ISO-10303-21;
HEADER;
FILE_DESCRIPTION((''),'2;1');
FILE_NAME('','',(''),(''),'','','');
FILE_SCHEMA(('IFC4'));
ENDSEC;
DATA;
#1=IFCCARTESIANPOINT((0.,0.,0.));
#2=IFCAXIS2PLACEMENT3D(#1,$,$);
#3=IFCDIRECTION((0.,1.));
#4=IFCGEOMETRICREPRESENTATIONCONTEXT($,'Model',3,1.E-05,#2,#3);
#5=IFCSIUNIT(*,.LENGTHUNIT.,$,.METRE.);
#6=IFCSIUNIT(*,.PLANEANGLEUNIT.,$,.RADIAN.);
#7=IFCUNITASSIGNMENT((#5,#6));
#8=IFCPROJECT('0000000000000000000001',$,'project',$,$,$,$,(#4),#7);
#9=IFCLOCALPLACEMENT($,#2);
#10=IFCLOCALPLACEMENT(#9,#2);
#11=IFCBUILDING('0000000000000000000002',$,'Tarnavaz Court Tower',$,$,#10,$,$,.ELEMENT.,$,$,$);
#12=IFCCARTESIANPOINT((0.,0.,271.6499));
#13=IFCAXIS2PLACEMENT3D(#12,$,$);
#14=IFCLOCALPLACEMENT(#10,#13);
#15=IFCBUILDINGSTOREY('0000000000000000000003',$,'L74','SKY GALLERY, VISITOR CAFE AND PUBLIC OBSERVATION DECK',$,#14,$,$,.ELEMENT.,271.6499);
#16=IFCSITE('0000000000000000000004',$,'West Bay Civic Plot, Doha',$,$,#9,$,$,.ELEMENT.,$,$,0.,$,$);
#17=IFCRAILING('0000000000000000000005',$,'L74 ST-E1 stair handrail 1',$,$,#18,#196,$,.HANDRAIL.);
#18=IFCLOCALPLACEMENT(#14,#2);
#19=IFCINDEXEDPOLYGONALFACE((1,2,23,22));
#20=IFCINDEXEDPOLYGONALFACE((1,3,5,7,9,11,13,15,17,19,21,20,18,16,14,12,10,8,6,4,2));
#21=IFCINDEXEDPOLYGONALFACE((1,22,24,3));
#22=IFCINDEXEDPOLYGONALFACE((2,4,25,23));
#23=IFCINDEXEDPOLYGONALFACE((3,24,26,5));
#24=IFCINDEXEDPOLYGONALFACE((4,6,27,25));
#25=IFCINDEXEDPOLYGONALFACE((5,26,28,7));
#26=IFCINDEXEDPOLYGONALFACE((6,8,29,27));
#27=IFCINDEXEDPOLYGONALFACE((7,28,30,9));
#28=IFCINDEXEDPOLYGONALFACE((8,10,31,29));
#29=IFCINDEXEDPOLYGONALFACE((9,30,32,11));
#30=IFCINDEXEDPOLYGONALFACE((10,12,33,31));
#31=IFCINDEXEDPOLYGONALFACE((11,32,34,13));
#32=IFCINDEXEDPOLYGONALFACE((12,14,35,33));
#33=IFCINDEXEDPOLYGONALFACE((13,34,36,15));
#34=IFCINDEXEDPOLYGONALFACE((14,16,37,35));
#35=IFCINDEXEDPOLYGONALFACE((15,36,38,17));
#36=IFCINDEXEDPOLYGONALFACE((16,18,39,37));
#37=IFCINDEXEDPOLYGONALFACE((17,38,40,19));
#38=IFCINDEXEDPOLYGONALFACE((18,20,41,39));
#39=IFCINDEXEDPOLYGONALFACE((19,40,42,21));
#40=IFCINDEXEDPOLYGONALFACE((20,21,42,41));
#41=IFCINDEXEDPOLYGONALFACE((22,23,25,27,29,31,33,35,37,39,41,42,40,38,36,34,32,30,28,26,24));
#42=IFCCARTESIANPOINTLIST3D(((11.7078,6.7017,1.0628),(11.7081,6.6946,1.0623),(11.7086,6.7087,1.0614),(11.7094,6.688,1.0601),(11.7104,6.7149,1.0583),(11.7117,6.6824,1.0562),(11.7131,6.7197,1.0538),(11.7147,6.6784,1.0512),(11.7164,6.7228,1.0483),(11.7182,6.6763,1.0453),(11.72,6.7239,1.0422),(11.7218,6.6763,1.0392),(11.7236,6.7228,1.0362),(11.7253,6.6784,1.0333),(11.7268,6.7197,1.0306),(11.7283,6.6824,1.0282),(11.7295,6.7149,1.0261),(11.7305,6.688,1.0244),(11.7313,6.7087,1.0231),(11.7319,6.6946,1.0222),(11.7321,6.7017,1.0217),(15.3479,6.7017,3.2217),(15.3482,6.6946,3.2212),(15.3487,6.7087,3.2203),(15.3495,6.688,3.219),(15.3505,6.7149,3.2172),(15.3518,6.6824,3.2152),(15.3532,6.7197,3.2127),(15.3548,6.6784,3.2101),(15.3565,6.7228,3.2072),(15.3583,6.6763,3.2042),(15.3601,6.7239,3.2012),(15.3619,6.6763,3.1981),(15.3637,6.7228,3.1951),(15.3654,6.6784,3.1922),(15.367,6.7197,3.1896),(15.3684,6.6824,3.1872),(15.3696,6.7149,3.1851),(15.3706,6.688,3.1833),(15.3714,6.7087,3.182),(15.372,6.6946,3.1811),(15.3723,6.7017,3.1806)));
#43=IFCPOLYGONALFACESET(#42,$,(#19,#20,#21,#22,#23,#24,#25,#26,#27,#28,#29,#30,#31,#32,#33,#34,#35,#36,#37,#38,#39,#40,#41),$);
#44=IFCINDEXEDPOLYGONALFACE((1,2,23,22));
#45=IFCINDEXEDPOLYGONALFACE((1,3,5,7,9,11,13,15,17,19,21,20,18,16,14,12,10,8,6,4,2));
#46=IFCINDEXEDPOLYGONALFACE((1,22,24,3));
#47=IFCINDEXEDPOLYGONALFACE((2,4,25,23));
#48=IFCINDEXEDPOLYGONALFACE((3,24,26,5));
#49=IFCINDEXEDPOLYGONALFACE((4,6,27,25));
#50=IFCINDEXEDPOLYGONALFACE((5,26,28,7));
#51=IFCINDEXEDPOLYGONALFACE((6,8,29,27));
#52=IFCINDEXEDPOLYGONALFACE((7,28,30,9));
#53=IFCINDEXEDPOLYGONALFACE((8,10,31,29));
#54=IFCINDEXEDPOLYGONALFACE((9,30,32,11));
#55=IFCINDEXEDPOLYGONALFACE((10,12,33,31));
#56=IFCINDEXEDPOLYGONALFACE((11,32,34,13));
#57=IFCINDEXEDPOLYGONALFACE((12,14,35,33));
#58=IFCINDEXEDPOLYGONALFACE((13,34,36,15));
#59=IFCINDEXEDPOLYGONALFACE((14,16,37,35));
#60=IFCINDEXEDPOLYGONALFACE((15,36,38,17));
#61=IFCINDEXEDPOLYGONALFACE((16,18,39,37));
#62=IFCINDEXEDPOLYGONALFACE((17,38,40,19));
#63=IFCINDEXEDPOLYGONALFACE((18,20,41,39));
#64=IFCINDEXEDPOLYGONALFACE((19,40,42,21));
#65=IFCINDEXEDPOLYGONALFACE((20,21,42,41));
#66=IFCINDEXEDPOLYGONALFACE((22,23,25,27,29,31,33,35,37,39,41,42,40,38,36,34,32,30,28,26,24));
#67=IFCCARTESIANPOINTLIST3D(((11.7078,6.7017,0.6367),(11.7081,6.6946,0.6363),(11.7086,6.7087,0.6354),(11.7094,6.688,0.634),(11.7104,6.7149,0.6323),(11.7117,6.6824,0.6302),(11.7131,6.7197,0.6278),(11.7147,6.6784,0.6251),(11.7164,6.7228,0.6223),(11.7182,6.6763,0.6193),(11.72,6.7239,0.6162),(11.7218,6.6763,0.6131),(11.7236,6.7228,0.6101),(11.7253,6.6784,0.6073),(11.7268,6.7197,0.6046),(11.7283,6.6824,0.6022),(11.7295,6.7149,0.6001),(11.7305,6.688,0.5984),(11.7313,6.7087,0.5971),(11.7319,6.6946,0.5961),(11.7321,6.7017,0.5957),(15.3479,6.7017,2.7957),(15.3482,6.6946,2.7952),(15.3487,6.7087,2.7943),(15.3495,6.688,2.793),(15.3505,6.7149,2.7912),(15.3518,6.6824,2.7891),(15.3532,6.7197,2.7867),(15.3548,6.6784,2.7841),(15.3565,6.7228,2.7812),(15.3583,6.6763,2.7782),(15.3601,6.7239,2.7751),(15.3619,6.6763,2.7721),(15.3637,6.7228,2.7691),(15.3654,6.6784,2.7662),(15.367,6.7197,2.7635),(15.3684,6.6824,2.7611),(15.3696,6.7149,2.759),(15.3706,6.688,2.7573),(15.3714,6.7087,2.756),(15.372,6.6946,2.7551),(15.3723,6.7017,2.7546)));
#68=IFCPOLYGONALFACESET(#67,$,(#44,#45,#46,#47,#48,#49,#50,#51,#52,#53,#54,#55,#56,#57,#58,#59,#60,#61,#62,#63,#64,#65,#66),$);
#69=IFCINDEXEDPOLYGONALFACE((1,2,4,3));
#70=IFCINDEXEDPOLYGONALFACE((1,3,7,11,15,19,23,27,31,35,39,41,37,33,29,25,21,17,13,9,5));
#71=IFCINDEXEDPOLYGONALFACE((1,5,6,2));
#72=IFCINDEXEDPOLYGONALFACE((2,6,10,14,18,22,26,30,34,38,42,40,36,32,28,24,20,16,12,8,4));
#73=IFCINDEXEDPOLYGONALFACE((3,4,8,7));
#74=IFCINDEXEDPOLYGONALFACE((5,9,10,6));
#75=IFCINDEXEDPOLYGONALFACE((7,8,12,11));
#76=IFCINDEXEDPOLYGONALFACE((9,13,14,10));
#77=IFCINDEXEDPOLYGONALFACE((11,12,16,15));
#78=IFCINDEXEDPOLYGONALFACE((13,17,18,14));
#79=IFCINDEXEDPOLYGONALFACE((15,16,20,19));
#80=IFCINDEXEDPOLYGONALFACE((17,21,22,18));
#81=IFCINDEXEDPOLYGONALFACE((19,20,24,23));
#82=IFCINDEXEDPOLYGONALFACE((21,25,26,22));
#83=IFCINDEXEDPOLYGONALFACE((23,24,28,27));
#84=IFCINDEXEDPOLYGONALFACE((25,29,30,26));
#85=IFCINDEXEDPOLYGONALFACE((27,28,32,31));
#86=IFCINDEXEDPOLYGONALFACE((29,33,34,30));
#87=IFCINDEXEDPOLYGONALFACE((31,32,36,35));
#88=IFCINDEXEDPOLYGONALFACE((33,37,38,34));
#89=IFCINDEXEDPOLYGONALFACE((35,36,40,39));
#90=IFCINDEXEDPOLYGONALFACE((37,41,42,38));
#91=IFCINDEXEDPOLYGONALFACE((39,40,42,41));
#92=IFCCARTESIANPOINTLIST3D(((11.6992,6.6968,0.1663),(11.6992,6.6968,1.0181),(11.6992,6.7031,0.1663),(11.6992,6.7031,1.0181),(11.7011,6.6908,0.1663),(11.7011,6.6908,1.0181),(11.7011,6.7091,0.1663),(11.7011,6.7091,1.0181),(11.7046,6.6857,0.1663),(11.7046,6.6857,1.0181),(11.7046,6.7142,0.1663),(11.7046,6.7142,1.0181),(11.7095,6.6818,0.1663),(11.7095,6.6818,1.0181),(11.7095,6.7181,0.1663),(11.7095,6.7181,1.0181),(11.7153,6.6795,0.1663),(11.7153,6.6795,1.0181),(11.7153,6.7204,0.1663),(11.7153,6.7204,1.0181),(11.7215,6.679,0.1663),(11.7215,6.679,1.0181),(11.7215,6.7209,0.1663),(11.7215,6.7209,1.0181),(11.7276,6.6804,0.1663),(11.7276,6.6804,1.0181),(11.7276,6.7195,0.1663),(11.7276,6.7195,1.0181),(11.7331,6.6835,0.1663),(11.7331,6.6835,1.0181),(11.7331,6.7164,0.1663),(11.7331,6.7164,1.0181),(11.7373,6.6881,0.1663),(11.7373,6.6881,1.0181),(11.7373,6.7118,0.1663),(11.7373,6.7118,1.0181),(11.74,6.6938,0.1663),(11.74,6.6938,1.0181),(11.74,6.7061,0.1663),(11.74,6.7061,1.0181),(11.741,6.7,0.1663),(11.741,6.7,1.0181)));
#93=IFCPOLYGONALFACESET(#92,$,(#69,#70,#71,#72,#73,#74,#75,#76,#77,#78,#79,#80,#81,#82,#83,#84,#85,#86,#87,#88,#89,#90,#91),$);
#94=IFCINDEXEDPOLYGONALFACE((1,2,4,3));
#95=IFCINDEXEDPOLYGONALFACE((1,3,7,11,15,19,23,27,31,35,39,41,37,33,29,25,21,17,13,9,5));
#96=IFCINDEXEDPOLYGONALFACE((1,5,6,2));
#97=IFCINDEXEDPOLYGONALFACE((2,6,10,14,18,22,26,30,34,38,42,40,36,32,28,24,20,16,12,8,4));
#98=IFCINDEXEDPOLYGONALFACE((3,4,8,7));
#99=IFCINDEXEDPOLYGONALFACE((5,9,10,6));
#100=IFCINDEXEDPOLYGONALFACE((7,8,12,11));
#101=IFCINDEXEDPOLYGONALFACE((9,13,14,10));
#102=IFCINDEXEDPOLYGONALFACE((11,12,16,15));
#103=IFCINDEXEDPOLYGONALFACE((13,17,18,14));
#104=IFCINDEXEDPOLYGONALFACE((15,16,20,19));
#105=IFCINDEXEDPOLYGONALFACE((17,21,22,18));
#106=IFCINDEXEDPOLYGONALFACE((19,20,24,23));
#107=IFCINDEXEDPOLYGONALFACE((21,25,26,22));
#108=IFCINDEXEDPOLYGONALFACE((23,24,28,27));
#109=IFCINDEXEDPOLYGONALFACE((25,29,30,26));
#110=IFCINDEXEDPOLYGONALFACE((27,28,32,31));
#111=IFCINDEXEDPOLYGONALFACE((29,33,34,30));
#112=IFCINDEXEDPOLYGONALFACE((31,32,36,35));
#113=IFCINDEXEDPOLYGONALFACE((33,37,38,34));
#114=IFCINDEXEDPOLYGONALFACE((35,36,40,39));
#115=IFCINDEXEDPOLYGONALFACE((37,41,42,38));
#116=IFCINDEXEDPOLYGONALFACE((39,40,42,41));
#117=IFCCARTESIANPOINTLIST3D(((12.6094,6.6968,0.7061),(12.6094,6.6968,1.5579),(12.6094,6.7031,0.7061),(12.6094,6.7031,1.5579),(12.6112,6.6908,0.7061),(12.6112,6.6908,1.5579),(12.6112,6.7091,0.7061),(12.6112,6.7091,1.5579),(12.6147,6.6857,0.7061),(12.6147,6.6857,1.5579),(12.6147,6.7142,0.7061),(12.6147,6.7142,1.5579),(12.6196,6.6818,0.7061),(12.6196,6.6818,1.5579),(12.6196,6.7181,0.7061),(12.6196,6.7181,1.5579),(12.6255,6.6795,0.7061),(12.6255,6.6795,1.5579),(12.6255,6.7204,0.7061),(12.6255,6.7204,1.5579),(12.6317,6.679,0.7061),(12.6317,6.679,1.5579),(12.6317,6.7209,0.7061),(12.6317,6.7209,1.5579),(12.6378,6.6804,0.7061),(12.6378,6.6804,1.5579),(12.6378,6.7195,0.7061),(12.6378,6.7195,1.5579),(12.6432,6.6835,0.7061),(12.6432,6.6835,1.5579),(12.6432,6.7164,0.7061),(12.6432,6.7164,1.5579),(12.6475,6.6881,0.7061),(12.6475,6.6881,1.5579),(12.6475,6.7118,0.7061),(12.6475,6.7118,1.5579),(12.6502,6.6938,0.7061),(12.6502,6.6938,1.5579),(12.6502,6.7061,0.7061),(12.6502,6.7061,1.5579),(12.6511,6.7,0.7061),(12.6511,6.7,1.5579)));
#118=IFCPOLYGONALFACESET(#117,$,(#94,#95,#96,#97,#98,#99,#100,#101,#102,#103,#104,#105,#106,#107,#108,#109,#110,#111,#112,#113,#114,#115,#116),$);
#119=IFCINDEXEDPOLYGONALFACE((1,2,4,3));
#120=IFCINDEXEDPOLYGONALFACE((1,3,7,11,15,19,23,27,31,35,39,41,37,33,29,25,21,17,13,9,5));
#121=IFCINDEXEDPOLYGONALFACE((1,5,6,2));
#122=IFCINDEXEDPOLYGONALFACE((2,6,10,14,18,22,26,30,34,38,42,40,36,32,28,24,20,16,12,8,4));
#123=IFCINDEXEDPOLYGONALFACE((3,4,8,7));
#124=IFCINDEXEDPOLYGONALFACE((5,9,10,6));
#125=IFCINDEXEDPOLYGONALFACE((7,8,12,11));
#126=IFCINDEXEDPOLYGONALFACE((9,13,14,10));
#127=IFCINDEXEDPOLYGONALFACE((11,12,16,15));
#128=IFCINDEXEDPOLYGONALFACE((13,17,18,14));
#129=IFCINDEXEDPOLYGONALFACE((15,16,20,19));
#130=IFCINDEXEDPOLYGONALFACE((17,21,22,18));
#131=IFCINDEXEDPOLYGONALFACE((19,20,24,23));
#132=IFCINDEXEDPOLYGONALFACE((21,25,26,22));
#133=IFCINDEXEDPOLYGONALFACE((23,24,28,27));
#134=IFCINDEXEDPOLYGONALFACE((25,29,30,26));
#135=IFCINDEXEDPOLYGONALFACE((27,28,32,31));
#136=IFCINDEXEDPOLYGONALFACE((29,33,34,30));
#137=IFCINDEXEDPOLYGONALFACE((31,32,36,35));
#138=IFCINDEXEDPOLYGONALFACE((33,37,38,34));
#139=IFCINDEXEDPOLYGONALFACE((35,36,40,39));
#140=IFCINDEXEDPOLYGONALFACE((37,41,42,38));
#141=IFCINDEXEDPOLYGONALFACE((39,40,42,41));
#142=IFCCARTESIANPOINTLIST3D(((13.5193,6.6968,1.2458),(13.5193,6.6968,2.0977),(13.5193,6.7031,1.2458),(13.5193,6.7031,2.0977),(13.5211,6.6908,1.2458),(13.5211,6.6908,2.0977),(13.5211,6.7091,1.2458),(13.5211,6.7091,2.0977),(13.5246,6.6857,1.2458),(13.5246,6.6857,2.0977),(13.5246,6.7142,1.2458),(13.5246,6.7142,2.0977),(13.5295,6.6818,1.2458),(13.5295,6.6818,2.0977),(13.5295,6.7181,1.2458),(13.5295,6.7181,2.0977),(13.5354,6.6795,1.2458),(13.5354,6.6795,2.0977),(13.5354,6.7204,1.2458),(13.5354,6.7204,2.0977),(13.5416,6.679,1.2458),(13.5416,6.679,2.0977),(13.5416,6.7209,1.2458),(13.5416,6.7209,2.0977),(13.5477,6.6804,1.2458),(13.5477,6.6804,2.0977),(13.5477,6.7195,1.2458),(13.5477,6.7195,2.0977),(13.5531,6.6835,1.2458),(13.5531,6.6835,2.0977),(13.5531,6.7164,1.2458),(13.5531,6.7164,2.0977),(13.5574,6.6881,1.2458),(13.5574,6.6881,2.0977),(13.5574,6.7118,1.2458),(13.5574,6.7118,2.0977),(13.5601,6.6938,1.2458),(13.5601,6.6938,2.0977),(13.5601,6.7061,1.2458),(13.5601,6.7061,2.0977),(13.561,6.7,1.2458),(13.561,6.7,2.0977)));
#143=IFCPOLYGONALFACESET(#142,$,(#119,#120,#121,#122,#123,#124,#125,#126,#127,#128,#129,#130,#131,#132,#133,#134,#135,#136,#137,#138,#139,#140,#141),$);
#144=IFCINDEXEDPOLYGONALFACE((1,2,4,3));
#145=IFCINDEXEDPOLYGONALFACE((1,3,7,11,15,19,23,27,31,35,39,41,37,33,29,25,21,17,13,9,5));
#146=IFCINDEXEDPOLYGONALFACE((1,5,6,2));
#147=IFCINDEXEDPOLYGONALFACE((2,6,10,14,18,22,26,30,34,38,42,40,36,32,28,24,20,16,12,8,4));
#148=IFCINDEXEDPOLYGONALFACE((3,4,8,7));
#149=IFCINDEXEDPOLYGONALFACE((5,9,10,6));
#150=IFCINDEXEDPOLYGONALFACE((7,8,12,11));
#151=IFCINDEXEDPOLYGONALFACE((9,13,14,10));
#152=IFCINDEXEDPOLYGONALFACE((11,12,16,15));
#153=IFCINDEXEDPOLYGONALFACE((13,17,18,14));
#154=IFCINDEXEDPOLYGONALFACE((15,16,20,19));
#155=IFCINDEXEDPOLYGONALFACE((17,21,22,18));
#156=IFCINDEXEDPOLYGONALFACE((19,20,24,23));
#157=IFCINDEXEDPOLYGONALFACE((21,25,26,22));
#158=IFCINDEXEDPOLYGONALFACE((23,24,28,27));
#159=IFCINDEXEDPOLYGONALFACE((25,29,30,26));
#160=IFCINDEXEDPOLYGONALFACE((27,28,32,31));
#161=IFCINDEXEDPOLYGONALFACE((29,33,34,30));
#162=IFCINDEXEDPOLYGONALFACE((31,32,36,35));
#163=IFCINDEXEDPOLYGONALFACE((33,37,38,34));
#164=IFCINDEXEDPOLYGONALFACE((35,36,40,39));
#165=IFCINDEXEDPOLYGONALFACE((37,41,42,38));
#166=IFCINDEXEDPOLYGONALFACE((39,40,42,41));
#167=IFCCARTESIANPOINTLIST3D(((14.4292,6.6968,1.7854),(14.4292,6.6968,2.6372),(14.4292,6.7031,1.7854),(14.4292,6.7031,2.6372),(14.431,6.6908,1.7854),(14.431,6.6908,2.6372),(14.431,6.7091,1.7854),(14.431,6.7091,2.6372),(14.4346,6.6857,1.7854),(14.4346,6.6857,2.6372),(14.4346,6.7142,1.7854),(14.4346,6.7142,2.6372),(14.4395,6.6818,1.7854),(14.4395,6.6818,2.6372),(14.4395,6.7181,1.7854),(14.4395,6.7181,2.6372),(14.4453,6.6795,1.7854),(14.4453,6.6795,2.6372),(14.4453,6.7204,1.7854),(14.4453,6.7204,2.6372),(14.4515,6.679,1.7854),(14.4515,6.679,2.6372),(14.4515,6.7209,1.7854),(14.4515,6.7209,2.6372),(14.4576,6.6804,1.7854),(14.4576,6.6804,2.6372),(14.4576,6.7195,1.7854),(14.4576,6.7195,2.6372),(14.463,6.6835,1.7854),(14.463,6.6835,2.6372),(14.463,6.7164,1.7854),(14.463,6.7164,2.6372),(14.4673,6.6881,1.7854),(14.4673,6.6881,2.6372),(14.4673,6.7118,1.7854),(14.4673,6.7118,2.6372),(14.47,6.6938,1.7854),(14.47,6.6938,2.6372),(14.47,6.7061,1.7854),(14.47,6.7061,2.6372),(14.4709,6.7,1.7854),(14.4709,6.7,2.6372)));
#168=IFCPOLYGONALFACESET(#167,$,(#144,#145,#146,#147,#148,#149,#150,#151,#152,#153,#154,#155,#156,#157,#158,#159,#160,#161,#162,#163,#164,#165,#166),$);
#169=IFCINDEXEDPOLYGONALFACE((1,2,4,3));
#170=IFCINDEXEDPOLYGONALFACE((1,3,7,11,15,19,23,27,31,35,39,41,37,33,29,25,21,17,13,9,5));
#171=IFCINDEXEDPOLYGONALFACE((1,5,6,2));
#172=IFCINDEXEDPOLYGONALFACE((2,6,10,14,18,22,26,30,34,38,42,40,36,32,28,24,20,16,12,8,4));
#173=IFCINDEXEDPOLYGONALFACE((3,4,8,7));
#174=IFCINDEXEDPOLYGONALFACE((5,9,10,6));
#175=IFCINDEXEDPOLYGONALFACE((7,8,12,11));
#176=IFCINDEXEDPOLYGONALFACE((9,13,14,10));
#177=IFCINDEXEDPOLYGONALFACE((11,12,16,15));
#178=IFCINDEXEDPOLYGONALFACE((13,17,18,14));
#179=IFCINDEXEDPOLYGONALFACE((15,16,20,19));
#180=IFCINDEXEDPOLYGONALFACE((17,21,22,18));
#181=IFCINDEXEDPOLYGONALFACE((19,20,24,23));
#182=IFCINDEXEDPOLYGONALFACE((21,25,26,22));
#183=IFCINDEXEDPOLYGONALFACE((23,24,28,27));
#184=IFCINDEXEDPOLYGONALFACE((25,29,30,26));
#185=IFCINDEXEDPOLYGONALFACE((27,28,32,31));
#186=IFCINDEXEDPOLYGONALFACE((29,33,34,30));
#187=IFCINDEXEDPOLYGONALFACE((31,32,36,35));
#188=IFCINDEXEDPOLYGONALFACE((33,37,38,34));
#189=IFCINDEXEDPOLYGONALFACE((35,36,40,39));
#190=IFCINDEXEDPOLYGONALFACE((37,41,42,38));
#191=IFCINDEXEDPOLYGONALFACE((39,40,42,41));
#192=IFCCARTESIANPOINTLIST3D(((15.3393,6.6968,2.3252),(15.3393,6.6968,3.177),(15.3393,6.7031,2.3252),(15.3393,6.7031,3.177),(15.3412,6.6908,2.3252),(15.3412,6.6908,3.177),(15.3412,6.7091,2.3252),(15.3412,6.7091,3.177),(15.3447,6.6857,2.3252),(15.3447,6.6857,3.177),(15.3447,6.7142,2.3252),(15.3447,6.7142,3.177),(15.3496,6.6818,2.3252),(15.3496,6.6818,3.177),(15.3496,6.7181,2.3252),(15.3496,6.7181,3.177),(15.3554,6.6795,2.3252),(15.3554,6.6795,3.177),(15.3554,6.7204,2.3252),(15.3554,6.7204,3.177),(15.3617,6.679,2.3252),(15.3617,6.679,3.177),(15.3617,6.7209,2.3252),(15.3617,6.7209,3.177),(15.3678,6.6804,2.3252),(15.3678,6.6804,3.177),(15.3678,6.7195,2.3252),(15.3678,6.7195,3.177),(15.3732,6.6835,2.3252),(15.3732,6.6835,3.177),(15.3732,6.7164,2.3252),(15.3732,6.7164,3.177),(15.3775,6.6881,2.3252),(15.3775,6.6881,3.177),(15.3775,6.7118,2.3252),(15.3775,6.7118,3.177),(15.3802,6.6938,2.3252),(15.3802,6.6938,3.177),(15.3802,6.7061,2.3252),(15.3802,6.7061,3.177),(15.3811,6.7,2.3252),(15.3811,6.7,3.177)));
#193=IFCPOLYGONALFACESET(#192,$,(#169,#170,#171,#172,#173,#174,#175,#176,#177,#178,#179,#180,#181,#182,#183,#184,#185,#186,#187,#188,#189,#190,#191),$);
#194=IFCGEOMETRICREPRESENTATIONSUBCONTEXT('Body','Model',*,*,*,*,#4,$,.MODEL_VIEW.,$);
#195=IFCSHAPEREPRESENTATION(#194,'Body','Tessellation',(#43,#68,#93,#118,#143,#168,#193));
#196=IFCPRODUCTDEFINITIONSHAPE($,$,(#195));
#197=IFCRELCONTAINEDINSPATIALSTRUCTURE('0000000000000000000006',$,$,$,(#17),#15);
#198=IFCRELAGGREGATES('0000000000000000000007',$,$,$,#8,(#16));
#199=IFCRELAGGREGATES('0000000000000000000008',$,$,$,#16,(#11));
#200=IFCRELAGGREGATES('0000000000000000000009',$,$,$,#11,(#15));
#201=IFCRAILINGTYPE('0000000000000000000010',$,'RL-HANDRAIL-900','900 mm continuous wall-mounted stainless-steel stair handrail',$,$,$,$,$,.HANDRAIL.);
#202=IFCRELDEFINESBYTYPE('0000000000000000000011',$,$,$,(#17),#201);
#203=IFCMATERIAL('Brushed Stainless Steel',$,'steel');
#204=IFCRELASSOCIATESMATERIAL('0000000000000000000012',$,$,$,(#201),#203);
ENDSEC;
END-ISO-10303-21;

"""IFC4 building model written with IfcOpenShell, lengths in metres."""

from ifc_helpers import new_model, si_unit, direction, frame, origin, origin_2d, place, context, subcontext, project, spatial, circle, extrude, material, type_object, element, save


model = new_model("IFC4")

# Units and contexts
model_context = context("Model", 3, precision=1e-05, world=origin(), true_north=direction((0.0, 1.0)))
body_context = subcontext(model_context, "Body", "Model", "MODEL_VIEW")
ifc_project = project(units=[si_unit("LENGTHUNIT", "METRE"), si_unit("PLANEANGLEUNIT", "RADIAN")], contexts=[model_context])

# Site, building, storey
site_placement = place(None, origin())
site = spatial("IfcSite", under=ifc_project, at=site_placement, Name="West Bay Civic Plot, Doha", CompositionType="ELEMENT", RefElevation=0.0)
building_placement = place(site_placement, origin())
building = spatial("IfcBuilding", under=site, at=building_placement, Name="Tarnavaz Court Tower", CompositionType="ELEMENT")
storey_placement = place(building_placement, frame((0.0, 0.0, 271.6499)))
storey = spatial("IfcBuildingStorey", under=building, at=storey_placement, Name="L74", Description="SKY GALLERY, VISITOR CAFE AND PUBLIC OBSERVATION DECK", CompositionType="ELEMENT", Elevation=271.6499)

# Railing
ifc_material_1 = material(Name="Brushed Stainless Steel", Category="steel")
railing_type_1 = type_object("IfcRailingType", Name="RL-HANDRAIL-900", Description="900 mm continuous wall-mounted stainless-steel stair handrail", PredefinedType="HANDRAIL", material=ifc_material_1)
railing_1_placement = place(storey_placement, frame((11.72, 6.7, 0.1663)))
element("IfcRailing", 1, at=railing_1_placement, inside=storey, type_object=railing_type_1, Name="L74 ST-E1 stair handrail 1", PredefinedType="HANDRAIL", context=body_context, shape_type="SweptSolid", body=[
    extrude(circle(Radius=0.0239, at=origin_2d()), frame((0.0, 0.0, 0.876), z_axis=(0.860103, 0.0, 0.51012), x_axis=(0.0, 1.0, 0.0)), (0.0, 0.0, 1.0), 4.2322),
    extrude(circle(Radius=0.0239, at=origin_2d()), frame((0.0, 0.0, 0.45), z_axis=(0.860103, 0.0, 0.51012), x_axis=(0.0, 1.0, 0.0)), (0.0, 0.0, 1.0), 4.2322),
    extrude(circle(Radius=0.021, at=origin_2d()), origin(), (0.0, 0.0, 1.0), 0.8518),
    extrude(circle(Radius=0.021, at=origin_2d()), frame((0.9102, 0.0, 0.5398)), (0.0, 0.0, 1.0), 0.8518),
    extrude(circle(Radius=0.021, at=origin_2d()), frame((1.8201, 0.0, 1.0796)), (0.0, 0.0, 1.0), 0.8518),
    extrude(circle(Radius=0.021, at=origin_2d()), frame((2.73, 0.0, 1.6191)), (0.0, 0.0, 1.0), 0.8518),
    extrude(circle(Radius=0.021, at=origin_2d()), frame((3.6401, 0.0, 2.1589)), (0.0, 0.0, 1.0), 0.8518),
])

save(model, "model.ifc")
